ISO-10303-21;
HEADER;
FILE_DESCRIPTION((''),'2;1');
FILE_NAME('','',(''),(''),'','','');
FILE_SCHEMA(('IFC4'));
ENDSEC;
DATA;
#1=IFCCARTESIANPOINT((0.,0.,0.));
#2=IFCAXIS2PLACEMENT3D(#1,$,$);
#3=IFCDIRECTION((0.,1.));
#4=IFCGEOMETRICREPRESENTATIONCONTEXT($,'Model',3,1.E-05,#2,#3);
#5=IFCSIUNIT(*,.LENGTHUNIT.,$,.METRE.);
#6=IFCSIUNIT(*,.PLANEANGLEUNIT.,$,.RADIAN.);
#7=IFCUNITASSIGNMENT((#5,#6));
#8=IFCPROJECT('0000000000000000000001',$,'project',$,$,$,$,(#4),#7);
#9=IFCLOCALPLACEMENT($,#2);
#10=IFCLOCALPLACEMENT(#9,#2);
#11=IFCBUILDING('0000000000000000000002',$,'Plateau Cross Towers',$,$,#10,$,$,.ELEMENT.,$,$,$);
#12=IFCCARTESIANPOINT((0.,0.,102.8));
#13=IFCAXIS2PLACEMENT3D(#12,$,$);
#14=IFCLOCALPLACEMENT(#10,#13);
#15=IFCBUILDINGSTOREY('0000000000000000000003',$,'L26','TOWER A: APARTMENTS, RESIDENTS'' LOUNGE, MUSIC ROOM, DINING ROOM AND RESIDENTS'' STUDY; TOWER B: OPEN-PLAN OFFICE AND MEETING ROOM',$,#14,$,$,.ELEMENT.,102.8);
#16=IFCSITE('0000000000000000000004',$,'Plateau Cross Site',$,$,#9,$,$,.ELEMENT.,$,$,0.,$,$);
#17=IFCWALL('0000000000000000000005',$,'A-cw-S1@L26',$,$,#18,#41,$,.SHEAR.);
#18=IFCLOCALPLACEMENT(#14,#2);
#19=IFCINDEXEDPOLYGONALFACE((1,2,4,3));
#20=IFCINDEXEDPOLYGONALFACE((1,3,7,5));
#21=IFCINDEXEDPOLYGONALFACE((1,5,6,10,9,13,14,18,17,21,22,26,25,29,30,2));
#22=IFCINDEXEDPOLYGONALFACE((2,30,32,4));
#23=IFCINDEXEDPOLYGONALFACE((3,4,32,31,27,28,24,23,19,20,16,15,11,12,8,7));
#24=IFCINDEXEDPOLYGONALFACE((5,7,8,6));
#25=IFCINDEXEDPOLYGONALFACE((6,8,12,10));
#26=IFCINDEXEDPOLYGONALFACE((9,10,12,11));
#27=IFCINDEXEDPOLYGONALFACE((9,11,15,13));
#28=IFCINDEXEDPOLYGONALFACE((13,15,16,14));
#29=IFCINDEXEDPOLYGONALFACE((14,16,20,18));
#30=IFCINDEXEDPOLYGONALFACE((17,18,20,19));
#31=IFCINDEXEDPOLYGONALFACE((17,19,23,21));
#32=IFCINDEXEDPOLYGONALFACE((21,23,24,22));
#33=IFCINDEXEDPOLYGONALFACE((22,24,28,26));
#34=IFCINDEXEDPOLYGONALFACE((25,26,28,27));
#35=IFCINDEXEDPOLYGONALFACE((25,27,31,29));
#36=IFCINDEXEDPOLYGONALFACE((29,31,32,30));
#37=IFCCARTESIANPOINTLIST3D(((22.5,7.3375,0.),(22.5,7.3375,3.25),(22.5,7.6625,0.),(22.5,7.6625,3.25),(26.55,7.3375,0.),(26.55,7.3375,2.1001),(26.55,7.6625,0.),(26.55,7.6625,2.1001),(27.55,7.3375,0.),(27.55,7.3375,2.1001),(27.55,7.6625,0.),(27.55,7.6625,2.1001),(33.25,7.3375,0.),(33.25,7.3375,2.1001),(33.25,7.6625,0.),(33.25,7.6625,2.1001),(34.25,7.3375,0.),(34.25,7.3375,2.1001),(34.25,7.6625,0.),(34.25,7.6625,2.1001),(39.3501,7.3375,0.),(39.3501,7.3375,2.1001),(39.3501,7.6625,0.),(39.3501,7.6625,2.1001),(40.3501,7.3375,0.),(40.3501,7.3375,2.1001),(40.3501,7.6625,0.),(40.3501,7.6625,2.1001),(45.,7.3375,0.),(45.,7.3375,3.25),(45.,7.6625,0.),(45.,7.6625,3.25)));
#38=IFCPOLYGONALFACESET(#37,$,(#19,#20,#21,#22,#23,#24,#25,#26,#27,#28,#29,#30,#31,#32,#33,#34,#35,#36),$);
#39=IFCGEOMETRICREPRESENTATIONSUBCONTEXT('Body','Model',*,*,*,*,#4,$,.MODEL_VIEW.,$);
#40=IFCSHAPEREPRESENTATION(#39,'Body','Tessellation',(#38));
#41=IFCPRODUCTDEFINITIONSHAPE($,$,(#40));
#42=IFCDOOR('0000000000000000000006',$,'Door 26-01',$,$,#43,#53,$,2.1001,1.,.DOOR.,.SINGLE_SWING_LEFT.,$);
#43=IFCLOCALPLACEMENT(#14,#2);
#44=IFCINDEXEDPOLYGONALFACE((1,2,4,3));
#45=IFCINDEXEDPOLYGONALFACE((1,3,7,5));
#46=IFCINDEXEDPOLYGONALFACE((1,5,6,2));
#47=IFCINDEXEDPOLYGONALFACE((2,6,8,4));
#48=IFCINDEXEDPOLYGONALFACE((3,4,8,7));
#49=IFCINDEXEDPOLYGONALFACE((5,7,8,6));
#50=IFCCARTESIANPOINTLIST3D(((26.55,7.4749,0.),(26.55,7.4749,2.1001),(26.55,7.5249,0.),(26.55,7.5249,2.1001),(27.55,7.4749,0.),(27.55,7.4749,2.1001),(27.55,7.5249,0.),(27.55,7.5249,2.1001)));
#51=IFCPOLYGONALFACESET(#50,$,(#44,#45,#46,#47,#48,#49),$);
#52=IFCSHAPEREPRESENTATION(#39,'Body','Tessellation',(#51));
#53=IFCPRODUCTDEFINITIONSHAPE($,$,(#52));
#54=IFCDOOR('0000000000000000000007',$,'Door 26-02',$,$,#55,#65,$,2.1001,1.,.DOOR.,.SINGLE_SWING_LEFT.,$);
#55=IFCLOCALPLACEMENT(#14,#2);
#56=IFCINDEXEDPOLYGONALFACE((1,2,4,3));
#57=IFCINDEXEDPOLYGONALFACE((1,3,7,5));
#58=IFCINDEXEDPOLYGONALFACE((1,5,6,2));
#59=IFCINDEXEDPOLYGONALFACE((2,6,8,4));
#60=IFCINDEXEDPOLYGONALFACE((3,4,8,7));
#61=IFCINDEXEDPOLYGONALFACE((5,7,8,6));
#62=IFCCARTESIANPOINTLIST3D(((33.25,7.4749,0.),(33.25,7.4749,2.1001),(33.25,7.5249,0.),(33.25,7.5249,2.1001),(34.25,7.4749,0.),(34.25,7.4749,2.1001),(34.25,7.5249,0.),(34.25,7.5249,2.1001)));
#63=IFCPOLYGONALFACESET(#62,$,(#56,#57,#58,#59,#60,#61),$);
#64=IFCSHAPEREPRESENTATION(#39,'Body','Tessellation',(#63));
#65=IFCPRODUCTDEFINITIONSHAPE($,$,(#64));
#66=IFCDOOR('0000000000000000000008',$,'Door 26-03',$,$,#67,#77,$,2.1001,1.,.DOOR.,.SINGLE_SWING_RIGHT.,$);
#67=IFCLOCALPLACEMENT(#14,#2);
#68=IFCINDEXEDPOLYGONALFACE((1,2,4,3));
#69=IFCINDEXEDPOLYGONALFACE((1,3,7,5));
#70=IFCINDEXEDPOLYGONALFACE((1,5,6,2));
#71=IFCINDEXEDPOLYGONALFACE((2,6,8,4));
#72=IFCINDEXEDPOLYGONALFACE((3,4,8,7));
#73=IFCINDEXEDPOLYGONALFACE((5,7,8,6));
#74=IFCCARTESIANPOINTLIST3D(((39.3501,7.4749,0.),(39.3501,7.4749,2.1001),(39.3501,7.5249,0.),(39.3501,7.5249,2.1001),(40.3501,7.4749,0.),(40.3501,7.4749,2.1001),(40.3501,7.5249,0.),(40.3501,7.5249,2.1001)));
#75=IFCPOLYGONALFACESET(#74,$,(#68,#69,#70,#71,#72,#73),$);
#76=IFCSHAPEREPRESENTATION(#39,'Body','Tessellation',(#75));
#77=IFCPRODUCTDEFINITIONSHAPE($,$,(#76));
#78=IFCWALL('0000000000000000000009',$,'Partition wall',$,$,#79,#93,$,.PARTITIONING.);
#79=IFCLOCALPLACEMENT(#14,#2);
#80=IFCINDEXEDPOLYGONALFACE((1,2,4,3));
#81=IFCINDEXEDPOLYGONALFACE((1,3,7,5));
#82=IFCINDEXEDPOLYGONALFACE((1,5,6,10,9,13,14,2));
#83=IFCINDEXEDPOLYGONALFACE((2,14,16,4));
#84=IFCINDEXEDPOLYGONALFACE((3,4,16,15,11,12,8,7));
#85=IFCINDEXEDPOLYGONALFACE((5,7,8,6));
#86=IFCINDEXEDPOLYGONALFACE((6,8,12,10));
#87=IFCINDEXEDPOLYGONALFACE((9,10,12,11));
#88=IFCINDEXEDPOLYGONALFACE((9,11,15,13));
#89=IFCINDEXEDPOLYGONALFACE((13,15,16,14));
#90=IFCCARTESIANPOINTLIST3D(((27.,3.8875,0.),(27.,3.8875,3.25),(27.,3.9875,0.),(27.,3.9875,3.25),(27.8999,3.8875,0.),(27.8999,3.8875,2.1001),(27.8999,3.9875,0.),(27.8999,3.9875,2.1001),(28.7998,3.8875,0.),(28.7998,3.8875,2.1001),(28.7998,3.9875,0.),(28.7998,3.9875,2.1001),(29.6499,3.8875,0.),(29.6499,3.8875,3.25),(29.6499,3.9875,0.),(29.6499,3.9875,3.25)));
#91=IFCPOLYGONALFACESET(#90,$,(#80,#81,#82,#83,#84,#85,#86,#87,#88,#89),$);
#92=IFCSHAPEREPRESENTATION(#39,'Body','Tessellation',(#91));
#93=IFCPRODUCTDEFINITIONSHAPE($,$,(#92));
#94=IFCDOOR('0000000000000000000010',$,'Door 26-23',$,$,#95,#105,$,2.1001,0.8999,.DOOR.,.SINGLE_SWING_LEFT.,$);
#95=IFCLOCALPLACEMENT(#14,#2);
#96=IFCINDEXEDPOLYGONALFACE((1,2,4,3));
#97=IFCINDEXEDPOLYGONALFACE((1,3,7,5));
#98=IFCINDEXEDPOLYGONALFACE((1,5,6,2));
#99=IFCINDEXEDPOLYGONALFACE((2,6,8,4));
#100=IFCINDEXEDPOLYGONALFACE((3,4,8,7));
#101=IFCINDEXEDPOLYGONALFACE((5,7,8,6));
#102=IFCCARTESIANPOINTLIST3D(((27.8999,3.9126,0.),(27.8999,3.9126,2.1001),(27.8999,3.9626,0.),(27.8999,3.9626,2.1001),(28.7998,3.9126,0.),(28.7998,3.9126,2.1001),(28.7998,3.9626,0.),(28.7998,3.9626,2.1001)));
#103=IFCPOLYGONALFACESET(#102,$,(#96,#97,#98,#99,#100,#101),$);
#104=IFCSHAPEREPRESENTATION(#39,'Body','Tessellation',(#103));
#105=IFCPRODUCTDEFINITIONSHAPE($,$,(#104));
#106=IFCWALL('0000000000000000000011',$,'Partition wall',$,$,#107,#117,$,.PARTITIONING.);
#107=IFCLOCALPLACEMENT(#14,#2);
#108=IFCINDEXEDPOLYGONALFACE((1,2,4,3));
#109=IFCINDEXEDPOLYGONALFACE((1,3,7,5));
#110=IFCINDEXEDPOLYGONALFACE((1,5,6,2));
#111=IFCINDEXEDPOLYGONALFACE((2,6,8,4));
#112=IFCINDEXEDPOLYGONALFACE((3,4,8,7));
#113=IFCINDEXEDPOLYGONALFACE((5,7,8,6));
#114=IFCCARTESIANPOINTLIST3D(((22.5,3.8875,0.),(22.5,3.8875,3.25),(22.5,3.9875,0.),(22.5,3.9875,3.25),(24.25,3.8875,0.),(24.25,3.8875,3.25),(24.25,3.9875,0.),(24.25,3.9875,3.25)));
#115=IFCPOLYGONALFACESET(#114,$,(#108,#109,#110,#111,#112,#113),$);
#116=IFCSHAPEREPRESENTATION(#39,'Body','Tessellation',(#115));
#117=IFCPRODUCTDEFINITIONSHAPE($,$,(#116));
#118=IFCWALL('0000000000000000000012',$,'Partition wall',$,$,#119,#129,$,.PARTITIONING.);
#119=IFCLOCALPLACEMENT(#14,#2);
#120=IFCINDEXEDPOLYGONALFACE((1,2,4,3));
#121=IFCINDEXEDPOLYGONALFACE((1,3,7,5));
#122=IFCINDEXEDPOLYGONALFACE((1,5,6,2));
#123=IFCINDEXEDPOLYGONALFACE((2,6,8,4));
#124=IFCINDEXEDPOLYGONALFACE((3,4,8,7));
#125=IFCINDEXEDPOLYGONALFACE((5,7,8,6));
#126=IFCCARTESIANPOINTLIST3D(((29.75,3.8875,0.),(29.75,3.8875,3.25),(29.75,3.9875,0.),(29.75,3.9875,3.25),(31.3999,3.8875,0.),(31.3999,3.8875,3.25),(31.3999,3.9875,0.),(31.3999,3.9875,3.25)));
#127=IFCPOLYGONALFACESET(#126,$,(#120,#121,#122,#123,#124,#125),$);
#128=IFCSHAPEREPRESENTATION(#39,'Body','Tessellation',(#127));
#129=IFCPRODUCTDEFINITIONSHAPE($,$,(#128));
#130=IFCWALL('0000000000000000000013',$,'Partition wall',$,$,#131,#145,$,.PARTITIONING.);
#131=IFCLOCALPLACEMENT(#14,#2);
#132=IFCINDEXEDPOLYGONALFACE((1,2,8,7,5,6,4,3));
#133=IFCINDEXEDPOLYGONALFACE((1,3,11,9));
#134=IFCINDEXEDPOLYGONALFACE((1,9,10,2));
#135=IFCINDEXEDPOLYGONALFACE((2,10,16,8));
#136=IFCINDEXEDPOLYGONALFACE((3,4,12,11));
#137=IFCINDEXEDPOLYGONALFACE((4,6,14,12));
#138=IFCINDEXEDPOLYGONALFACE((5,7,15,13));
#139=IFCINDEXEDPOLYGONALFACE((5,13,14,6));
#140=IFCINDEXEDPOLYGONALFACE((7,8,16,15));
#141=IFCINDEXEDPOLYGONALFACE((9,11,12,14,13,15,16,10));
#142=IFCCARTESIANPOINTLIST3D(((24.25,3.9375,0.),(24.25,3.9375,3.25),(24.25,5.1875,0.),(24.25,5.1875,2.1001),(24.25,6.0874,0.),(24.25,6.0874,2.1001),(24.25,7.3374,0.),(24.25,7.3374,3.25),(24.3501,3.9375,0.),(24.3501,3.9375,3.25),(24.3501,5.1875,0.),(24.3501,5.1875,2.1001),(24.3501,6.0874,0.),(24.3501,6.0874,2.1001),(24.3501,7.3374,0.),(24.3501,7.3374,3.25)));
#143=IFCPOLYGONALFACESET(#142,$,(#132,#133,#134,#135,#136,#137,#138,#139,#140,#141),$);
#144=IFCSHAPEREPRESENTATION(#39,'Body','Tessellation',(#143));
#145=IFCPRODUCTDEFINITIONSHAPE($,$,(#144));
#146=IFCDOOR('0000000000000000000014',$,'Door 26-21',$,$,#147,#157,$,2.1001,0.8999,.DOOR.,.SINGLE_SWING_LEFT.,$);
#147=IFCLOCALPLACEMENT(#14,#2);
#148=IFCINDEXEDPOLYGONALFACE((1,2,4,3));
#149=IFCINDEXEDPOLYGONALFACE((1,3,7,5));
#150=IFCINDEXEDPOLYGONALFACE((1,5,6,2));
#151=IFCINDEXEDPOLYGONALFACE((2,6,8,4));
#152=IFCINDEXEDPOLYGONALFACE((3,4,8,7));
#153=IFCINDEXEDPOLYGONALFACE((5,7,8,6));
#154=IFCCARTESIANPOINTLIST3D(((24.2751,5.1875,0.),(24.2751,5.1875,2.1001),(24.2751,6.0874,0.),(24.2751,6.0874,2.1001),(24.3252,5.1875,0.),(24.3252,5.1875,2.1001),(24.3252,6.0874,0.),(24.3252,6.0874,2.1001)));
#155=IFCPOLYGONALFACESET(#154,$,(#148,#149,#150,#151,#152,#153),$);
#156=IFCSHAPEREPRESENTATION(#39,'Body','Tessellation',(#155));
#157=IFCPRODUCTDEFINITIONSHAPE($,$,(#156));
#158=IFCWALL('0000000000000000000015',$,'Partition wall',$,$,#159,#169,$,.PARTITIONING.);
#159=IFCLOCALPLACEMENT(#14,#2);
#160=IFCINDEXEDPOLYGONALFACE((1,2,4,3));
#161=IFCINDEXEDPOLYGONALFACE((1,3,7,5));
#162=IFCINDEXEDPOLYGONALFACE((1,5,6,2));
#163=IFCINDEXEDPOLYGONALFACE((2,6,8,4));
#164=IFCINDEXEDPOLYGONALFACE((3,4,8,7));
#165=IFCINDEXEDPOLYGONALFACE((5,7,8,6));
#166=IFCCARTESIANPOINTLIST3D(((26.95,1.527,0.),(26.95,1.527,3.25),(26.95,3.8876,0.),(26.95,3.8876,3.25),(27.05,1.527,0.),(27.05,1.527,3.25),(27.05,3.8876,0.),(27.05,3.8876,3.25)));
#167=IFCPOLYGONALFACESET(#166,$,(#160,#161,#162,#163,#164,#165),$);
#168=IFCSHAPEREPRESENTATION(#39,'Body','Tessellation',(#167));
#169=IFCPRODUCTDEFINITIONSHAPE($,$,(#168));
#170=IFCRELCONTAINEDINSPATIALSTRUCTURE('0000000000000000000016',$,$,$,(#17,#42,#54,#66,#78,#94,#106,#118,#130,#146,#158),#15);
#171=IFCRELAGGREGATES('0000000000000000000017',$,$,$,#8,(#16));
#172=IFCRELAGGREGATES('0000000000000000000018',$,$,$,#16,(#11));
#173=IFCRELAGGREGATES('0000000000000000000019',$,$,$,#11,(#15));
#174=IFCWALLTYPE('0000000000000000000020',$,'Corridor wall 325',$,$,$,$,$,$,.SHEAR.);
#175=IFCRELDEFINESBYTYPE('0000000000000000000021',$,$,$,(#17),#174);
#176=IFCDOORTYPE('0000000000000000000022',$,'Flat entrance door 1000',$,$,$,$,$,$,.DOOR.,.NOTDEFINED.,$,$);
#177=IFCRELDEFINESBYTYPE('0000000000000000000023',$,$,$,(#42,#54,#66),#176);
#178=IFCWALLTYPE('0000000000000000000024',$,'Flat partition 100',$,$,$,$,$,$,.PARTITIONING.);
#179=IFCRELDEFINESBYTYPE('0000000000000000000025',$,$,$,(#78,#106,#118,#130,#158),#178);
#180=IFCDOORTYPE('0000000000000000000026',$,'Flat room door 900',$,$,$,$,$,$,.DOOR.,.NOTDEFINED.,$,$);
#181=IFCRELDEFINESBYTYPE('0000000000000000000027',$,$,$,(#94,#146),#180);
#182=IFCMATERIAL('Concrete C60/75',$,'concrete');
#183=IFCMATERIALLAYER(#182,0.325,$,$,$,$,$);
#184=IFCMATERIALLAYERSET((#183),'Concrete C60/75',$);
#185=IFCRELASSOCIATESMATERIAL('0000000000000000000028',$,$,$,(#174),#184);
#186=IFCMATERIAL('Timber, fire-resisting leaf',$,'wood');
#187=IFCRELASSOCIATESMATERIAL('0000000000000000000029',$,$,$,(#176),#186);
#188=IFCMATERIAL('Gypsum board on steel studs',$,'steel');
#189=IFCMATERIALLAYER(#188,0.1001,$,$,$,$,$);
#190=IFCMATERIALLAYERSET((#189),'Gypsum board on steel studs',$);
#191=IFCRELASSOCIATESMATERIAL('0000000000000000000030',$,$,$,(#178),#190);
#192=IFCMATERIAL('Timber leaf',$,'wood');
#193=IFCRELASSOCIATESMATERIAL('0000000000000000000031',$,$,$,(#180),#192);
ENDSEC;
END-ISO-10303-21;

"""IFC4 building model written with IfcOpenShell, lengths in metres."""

from ifc_helpers import new_model, si_unit, direction, frame, frame_2d, origin, place, context, subcontext, project, spatial, rectangle, extrude, material, layer, layer_set, type_object, element, fill, save


model = new_model("IFC4")

# Units and contexts
model_context = context("Model", 3, precision=1e-05, world=origin(), true_north=direction((0.0, 1.0)))
body_context = subcontext(model_context, "Body", "Model", "MODEL_VIEW")
ifc_project = project(units=[si_unit("LENGTHUNIT", "METRE"), si_unit("PLANEANGLEUNIT", "RADIAN")], contexts=[model_context])

# Site, building, storey
site_placement = place(None, origin())
site = spatial("IfcSite", under=ifc_project, at=site_placement, Name="Plateau Cross Site", CompositionType="ELEMENT", RefElevation=0.0)
building_placement = place(site_placement, origin())
building = spatial("IfcBuilding", under=site, at=building_placement, Name="Plateau Cross Towers", CompositionType="ELEMENT")
storey_placement = place(building_placement, frame((0.0, 0.0, 102.8)))
storey = spatial("IfcBuildingStorey", under=building, at=storey_placement, Name="L26", Description="TOWER A: APARTMENTS, RESIDENTS' LOUNGE, MUSIC ROOM, DINING ROOM AND RESIDENTS' STUDY; TOWER B: OPEN-PLAN OFFICE AND MEETING ROOM", CompositionType="ELEMENT", Elevation=102.8)

# Shared definitions
ifc_material_1 = material(Name="Concrete C60/75", Category="concrete")

# Wall, openings, doors
ifc_layer_1 = layer(ifc_material_1, 0.325)
ifc_layer_set_1 = layer_set([ifc_layer_1], Name="Concrete C60/75")
wall_type_1 = type_object("IfcWallType", Name="Corridor wall 325", PredefinedType="SHEAR", material=ifc_layer_set_1)
wall_1_placement = place(storey_placement, frame((22.5, 7.5, 0.0), z_axis=(0.0, 0.0, 1.0), x_axis=(1.0, 0.0, 0.0)))
wall_1 = element("IfcWall", 1, at=wall_1_placement, inside=storey, type_object=wall_type_1, Name="A-cw-S1@L26", PredefinedType="SHEAR", context=body_context, shape_type="SweptSolid", body=[
    extrude(rectangle(XDim=22.5, YDim=0.325, at=frame_2d((11.25, 0.0))), origin(), (0.0, 0.0, 1.0), 3.25),
])
opening_1_placement = place(wall_1_placement, frame((4.05, 0.0, 0.0)))
opening_1 = element("IfcOpeningElement", 2, at=opening_1_placement, cuts=wall_1, PredefinedType="OPENING", context=body_context, shape_type="SweptSolid", body=[
    extrude(rectangle(XDim=1.0, YDim=2.1001, at=frame_2d((0.5, 1.05))), frame((0.0, 0.1724, 0.0), z_axis=(0.0, -1.0, 0.0), x_axis=(1.0, 0.0, 0.0)), (0.0, 0.0, 1.0), 0.345),
])
opening_2_placement = place(wall_1_placement, frame((10.75, 0.0, 0.0)))
opening_2 = element("IfcOpeningElement", 3, at=opening_2_placement, cuts=wall_1, PredefinedType="OPENING", context=body_context, shape_type="SweptSolid", body=[
    extrude(rectangle(XDim=1.0, YDim=2.1001, at=frame_2d((0.5, 1.05))), frame((0.0, 0.1724, 0.0), z_axis=(0.0, -1.0, 0.0), x_axis=(1.0, 0.0, 0.0)), (0.0, 0.0, 1.0), 0.345),
])
opening_3_placement = place(wall_1_placement, frame((16.8501, 0.0, 0.0)))
opening_3 = element("IfcOpeningElement", 4, at=opening_3_placement, cuts=wall_1, PredefinedType="OPENING", context=body_context, shape_type="SweptSolid", body=[
    extrude(rectangle(XDim=1.0, YDim=2.1001, at=frame_2d((0.5, 1.05))), frame((0.0, 0.1724, 0.0), z_axis=(0.0, -1.0, 0.0), x_axis=(1.0, 0.0, 0.0)), (0.0, 0.0, 1.0), 0.345),
])
ifc_material_2 = material(Name="Timber, fire-resisting leaf", Category="wood")
door_type_1 = type_object("IfcDoorType", Name="Flat entrance door 1000", OperationType="NOTDEFINED", PredefinedType="DOOR", material=ifc_material_2)
door_1_placement = place(opening_1_placement, origin())
door_1 = element("IfcDoor", 5, at=door_1_placement, inside=storey, type_object=door_type_1, Name="Door 26-01", OperationType="SINGLE_SWING_LEFT", OverallHeight=2.1001, OverallWidth=1.0, PredefinedType="DOOR", context=body_context, shape_type="SweptSolid", body=[
    extrude(rectangle(XDim=1.0, YDim=2.1001, at=frame_2d((0.5, 1.05))), frame((0.0, 0.0249, 0.0), z_axis=(0.0, -1.0, 0.0), x_axis=(1.0, 0.0, 0.0)), (0.0, 0.0, 1.0), 0.05),
])
fill(opening_1, door_1)
door_2_placement = place(opening_2_placement, origin())
door_2 = element("IfcDoor", 6, at=door_2_placement, inside=storey, type_object=door_type_1, Name="Door 26-02", OperationType="SINGLE_SWING_LEFT", OverallHeight=2.1001, OverallWidth=1.0, PredefinedType="DOOR", context=body_context, shape_type="SweptSolid", body=[
    extrude(rectangle(XDim=1.0, YDim=2.1001, at=frame_2d((0.5, 1.05))), frame((0.0, 0.0249, 0.0), z_axis=(0.0, -1.0, 0.0), x_axis=(1.0, 0.0, 0.0)), (0.0, 0.0, 1.0), 0.05),
])
fill(opening_2, door_2)
door_3_placement = place(opening_3_placement, origin())
door_3 = element("IfcDoor", 7, at=door_3_placement, inside=storey, type_object=door_type_1, Name="Door 26-03", OperationType="SINGLE_SWING_RIGHT", OverallHeight=2.1001, OverallWidth=1.0, PredefinedType="DOOR", context=body_context, shape_type="SweptSolid", body=[
    extrude(rectangle(XDim=1.0, YDim=2.1001, at=frame_2d((0.5, 1.05))), frame((0.0, 0.0249, 0.0), z_axis=(0.0, -1.0, 0.0), x_axis=(1.0, 0.0, 0.0)), (0.0, 0.0, 1.0), 0.05),
])
fill(opening_3, door_3)

# Wall, opening, door
ifc_material_3 = material(Name="Gypsum board on steel studs", Category="steel")
ifc_layer_2 = layer(ifc_material_3, 0.1001)
ifc_layer_set_2 = layer_set([ifc_layer_2], Name="Gypsum board on steel studs")
wall_type_2 = type_object("IfcWallType", Name="Flat partition 100", PredefinedType="PARTITIONING", material=ifc_layer_set_2)
wall_2_placement = place(storey_placement, frame((29.6499, 3.9375, 0.0), z_axis=(0.0, 0.0, 1.0), x_axis=(-1.0, 0.0, 0.0)))
wall_2 = element("IfcWall", 8, at=wall_2_placement, inside=storey, type_object=wall_type_2, Name="Partition wall", PredefinedType="PARTITIONING", context=body_context, shape_type="SweptSolid", body=[
    extrude(rectangle(XDim=2.6499, YDim=0.1001, at=frame_2d((1.325, 0.0))), origin(), (0.0, 0.0, 1.0), 3.25),
])
opening_4_placement = place(wall_2_placement, frame((0.8501, 0.0, 0.0)))
opening_4 = element("IfcOpeningElement", 9, at=opening_4_placement, cuts=wall_2, PredefinedType="OPENING", context=body_context, shape_type="SweptSolid", body=[
    extrude(rectangle(XDim=0.8999, YDim=2.1001, at=frame_2d((0.45, 1.05))), frame((0.0, 0.0601, 0.0), z_axis=(0.0, -1.0, 0.0), x_axis=(1.0, 0.0, 0.0)), (0.0, 0.0, 1.0), 0.1201),
])
ifc_material_4 = material(Name="Timber leaf", Category="wood")
door_type_2 = type_object("IfcDoorType", Name="Flat room door 900", OperationType="NOTDEFINED", PredefinedType="DOOR", material=ifc_material_4)
door_4_placement = place(opening_4_placement, origin())
door_4 = element("IfcDoor", 10, at=door_4_placement, inside=storey, type_object=door_type_2, Name="Door 26-23", OperationType="SINGLE_SWING_LEFT", OverallHeight=2.1001, OverallWidth=0.8999, PredefinedType="DOOR", context=body_context, shape_type="SweptSolid", body=[
    extrude(rectangle(XDim=0.8999, YDim=2.1001, at=frame_2d((0.45, 1.05))), frame((0.0, 0.0249, 0.0), z_axis=(0.0, -1.0, 0.0), x_axis=(1.0, 0.0, 0.0)), (0.0, 0.0, 1.0), 0.05),
])
fill(opening_4, door_4)

# Walls
wall_3_placement = place(storey_placement, frame((22.5, 3.9375, 0.0), z_axis=(0.0, 0.0, 1.0), x_axis=(1.0, 0.0, 0.0)))
element("IfcWall", 11, at=wall_3_placement, inside=storey, type_object=wall_type_2, Name="Partition wall", PredefinedType="PARTITIONING", context=body_context, shape_type="SweptSolid", body=[
    extrude(rectangle(XDim=1.75, YDim=0.1001, at=frame_2d((0.875, 0.0))), origin(), (0.0, 0.0, 1.0), 3.25),
])
wall_4_placement = place(storey_placement, frame((29.75, 3.9375, 0.0), z_axis=(0.0, 0.0, 1.0), x_axis=(1.0, 0.0, 0.0)))
element("IfcWall", 12, at=wall_4_placement, inside=storey, type_object=wall_type_2, Name="Partition wall", PredefinedType="PARTITIONING", context=body_context, shape_type="SweptSolid", body=[
    extrude(rectangle(XDim=1.6499, YDim=0.1001, at=frame_2d((0.825, 0.0))), origin(), (0.0, 0.0, 1.0), 3.25),
])

# Wall, opening, door
wall_5_placement = place(storey_placement, frame((24.3, 3.9375, 0.0), z_axis=(0.0, 0.0, 1.0), x_axis=(0.0, 1.0, 0.0)))
wall_5 = element("IfcWall", 13, at=wall_5_placement, inside=storey, type_object=wall_type_2, Name="Partition wall", PredefinedType="PARTITIONING", context=body_context, shape_type="SweptSolid", body=[
    extrude(rectangle(XDim=3.3999, YDim=0.1001, at=frame_2d((1.7, 0.0))), origin(), (0.0, 0.0, 1.0), 3.25),
])
opening_5_placement = place(wall_5_placement, frame((1.25, 0.0, 0.0)))
opening_5 = element("IfcOpeningElement", 14, at=opening_5_placement, cuts=wall_5, PredefinedType="OPENING", context=body_context, shape_type="SweptSolid", body=[
    extrude(rectangle(XDim=0.8999, YDim=2.1001, at=frame_2d((0.45, 1.05))), frame((0.0, 0.0601, 0.0), z_axis=(0.0, -1.0, 0.0), x_axis=(1.0, 0.0, 0.0)), (0.0, 0.0, 1.0), 0.1201),
])
door_5_placement = place(opening_5_placement, origin())
door_5 = element("IfcDoor", 15, at=door_5_placement, inside=storey, type_object=door_type_2, Name="Door 26-21", OperationType="SINGLE_SWING_LEFT", OverallHeight=2.1001, OverallWidth=0.8999, PredefinedType="DOOR", context=body_context, shape_type="SweptSolid", body=[
    extrude(rectangle(XDim=0.8999, YDim=2.1001, at=frame_2d((0.45, 1.05))), frame((0.0, 0.0249, 0.0), z_axis=(0.0, -1.0, 0.0), x_axis=(1.0, 0.0, 0.0)), (0.0, 0.0, 1.0), 0.05),
])
fill(opening_5, door_5)

# Wall
wall_6_placement = place(storey_placement, frame((27.0, 3.8875, 0.0), z_axis=(0.0, 0.0, 1.0), x_axis=(0.0, -1.0, 0.0)))
element("IfcWall", 16, at=wall_6_placement, inside=storey, type_object=wall_type_2, Name="Partition wall", PredefinedType="PARTITIONING", context=body_context, shape_type="SweptSolid", body=[
    extrude(rectangle(XDim=2.3606, YDim=0.1001, at=frame_2d((1.1802, 0.0))), origin(), (0.0, 0.0, 1.0), 3.25),
])

save(model, "model.ifc")
